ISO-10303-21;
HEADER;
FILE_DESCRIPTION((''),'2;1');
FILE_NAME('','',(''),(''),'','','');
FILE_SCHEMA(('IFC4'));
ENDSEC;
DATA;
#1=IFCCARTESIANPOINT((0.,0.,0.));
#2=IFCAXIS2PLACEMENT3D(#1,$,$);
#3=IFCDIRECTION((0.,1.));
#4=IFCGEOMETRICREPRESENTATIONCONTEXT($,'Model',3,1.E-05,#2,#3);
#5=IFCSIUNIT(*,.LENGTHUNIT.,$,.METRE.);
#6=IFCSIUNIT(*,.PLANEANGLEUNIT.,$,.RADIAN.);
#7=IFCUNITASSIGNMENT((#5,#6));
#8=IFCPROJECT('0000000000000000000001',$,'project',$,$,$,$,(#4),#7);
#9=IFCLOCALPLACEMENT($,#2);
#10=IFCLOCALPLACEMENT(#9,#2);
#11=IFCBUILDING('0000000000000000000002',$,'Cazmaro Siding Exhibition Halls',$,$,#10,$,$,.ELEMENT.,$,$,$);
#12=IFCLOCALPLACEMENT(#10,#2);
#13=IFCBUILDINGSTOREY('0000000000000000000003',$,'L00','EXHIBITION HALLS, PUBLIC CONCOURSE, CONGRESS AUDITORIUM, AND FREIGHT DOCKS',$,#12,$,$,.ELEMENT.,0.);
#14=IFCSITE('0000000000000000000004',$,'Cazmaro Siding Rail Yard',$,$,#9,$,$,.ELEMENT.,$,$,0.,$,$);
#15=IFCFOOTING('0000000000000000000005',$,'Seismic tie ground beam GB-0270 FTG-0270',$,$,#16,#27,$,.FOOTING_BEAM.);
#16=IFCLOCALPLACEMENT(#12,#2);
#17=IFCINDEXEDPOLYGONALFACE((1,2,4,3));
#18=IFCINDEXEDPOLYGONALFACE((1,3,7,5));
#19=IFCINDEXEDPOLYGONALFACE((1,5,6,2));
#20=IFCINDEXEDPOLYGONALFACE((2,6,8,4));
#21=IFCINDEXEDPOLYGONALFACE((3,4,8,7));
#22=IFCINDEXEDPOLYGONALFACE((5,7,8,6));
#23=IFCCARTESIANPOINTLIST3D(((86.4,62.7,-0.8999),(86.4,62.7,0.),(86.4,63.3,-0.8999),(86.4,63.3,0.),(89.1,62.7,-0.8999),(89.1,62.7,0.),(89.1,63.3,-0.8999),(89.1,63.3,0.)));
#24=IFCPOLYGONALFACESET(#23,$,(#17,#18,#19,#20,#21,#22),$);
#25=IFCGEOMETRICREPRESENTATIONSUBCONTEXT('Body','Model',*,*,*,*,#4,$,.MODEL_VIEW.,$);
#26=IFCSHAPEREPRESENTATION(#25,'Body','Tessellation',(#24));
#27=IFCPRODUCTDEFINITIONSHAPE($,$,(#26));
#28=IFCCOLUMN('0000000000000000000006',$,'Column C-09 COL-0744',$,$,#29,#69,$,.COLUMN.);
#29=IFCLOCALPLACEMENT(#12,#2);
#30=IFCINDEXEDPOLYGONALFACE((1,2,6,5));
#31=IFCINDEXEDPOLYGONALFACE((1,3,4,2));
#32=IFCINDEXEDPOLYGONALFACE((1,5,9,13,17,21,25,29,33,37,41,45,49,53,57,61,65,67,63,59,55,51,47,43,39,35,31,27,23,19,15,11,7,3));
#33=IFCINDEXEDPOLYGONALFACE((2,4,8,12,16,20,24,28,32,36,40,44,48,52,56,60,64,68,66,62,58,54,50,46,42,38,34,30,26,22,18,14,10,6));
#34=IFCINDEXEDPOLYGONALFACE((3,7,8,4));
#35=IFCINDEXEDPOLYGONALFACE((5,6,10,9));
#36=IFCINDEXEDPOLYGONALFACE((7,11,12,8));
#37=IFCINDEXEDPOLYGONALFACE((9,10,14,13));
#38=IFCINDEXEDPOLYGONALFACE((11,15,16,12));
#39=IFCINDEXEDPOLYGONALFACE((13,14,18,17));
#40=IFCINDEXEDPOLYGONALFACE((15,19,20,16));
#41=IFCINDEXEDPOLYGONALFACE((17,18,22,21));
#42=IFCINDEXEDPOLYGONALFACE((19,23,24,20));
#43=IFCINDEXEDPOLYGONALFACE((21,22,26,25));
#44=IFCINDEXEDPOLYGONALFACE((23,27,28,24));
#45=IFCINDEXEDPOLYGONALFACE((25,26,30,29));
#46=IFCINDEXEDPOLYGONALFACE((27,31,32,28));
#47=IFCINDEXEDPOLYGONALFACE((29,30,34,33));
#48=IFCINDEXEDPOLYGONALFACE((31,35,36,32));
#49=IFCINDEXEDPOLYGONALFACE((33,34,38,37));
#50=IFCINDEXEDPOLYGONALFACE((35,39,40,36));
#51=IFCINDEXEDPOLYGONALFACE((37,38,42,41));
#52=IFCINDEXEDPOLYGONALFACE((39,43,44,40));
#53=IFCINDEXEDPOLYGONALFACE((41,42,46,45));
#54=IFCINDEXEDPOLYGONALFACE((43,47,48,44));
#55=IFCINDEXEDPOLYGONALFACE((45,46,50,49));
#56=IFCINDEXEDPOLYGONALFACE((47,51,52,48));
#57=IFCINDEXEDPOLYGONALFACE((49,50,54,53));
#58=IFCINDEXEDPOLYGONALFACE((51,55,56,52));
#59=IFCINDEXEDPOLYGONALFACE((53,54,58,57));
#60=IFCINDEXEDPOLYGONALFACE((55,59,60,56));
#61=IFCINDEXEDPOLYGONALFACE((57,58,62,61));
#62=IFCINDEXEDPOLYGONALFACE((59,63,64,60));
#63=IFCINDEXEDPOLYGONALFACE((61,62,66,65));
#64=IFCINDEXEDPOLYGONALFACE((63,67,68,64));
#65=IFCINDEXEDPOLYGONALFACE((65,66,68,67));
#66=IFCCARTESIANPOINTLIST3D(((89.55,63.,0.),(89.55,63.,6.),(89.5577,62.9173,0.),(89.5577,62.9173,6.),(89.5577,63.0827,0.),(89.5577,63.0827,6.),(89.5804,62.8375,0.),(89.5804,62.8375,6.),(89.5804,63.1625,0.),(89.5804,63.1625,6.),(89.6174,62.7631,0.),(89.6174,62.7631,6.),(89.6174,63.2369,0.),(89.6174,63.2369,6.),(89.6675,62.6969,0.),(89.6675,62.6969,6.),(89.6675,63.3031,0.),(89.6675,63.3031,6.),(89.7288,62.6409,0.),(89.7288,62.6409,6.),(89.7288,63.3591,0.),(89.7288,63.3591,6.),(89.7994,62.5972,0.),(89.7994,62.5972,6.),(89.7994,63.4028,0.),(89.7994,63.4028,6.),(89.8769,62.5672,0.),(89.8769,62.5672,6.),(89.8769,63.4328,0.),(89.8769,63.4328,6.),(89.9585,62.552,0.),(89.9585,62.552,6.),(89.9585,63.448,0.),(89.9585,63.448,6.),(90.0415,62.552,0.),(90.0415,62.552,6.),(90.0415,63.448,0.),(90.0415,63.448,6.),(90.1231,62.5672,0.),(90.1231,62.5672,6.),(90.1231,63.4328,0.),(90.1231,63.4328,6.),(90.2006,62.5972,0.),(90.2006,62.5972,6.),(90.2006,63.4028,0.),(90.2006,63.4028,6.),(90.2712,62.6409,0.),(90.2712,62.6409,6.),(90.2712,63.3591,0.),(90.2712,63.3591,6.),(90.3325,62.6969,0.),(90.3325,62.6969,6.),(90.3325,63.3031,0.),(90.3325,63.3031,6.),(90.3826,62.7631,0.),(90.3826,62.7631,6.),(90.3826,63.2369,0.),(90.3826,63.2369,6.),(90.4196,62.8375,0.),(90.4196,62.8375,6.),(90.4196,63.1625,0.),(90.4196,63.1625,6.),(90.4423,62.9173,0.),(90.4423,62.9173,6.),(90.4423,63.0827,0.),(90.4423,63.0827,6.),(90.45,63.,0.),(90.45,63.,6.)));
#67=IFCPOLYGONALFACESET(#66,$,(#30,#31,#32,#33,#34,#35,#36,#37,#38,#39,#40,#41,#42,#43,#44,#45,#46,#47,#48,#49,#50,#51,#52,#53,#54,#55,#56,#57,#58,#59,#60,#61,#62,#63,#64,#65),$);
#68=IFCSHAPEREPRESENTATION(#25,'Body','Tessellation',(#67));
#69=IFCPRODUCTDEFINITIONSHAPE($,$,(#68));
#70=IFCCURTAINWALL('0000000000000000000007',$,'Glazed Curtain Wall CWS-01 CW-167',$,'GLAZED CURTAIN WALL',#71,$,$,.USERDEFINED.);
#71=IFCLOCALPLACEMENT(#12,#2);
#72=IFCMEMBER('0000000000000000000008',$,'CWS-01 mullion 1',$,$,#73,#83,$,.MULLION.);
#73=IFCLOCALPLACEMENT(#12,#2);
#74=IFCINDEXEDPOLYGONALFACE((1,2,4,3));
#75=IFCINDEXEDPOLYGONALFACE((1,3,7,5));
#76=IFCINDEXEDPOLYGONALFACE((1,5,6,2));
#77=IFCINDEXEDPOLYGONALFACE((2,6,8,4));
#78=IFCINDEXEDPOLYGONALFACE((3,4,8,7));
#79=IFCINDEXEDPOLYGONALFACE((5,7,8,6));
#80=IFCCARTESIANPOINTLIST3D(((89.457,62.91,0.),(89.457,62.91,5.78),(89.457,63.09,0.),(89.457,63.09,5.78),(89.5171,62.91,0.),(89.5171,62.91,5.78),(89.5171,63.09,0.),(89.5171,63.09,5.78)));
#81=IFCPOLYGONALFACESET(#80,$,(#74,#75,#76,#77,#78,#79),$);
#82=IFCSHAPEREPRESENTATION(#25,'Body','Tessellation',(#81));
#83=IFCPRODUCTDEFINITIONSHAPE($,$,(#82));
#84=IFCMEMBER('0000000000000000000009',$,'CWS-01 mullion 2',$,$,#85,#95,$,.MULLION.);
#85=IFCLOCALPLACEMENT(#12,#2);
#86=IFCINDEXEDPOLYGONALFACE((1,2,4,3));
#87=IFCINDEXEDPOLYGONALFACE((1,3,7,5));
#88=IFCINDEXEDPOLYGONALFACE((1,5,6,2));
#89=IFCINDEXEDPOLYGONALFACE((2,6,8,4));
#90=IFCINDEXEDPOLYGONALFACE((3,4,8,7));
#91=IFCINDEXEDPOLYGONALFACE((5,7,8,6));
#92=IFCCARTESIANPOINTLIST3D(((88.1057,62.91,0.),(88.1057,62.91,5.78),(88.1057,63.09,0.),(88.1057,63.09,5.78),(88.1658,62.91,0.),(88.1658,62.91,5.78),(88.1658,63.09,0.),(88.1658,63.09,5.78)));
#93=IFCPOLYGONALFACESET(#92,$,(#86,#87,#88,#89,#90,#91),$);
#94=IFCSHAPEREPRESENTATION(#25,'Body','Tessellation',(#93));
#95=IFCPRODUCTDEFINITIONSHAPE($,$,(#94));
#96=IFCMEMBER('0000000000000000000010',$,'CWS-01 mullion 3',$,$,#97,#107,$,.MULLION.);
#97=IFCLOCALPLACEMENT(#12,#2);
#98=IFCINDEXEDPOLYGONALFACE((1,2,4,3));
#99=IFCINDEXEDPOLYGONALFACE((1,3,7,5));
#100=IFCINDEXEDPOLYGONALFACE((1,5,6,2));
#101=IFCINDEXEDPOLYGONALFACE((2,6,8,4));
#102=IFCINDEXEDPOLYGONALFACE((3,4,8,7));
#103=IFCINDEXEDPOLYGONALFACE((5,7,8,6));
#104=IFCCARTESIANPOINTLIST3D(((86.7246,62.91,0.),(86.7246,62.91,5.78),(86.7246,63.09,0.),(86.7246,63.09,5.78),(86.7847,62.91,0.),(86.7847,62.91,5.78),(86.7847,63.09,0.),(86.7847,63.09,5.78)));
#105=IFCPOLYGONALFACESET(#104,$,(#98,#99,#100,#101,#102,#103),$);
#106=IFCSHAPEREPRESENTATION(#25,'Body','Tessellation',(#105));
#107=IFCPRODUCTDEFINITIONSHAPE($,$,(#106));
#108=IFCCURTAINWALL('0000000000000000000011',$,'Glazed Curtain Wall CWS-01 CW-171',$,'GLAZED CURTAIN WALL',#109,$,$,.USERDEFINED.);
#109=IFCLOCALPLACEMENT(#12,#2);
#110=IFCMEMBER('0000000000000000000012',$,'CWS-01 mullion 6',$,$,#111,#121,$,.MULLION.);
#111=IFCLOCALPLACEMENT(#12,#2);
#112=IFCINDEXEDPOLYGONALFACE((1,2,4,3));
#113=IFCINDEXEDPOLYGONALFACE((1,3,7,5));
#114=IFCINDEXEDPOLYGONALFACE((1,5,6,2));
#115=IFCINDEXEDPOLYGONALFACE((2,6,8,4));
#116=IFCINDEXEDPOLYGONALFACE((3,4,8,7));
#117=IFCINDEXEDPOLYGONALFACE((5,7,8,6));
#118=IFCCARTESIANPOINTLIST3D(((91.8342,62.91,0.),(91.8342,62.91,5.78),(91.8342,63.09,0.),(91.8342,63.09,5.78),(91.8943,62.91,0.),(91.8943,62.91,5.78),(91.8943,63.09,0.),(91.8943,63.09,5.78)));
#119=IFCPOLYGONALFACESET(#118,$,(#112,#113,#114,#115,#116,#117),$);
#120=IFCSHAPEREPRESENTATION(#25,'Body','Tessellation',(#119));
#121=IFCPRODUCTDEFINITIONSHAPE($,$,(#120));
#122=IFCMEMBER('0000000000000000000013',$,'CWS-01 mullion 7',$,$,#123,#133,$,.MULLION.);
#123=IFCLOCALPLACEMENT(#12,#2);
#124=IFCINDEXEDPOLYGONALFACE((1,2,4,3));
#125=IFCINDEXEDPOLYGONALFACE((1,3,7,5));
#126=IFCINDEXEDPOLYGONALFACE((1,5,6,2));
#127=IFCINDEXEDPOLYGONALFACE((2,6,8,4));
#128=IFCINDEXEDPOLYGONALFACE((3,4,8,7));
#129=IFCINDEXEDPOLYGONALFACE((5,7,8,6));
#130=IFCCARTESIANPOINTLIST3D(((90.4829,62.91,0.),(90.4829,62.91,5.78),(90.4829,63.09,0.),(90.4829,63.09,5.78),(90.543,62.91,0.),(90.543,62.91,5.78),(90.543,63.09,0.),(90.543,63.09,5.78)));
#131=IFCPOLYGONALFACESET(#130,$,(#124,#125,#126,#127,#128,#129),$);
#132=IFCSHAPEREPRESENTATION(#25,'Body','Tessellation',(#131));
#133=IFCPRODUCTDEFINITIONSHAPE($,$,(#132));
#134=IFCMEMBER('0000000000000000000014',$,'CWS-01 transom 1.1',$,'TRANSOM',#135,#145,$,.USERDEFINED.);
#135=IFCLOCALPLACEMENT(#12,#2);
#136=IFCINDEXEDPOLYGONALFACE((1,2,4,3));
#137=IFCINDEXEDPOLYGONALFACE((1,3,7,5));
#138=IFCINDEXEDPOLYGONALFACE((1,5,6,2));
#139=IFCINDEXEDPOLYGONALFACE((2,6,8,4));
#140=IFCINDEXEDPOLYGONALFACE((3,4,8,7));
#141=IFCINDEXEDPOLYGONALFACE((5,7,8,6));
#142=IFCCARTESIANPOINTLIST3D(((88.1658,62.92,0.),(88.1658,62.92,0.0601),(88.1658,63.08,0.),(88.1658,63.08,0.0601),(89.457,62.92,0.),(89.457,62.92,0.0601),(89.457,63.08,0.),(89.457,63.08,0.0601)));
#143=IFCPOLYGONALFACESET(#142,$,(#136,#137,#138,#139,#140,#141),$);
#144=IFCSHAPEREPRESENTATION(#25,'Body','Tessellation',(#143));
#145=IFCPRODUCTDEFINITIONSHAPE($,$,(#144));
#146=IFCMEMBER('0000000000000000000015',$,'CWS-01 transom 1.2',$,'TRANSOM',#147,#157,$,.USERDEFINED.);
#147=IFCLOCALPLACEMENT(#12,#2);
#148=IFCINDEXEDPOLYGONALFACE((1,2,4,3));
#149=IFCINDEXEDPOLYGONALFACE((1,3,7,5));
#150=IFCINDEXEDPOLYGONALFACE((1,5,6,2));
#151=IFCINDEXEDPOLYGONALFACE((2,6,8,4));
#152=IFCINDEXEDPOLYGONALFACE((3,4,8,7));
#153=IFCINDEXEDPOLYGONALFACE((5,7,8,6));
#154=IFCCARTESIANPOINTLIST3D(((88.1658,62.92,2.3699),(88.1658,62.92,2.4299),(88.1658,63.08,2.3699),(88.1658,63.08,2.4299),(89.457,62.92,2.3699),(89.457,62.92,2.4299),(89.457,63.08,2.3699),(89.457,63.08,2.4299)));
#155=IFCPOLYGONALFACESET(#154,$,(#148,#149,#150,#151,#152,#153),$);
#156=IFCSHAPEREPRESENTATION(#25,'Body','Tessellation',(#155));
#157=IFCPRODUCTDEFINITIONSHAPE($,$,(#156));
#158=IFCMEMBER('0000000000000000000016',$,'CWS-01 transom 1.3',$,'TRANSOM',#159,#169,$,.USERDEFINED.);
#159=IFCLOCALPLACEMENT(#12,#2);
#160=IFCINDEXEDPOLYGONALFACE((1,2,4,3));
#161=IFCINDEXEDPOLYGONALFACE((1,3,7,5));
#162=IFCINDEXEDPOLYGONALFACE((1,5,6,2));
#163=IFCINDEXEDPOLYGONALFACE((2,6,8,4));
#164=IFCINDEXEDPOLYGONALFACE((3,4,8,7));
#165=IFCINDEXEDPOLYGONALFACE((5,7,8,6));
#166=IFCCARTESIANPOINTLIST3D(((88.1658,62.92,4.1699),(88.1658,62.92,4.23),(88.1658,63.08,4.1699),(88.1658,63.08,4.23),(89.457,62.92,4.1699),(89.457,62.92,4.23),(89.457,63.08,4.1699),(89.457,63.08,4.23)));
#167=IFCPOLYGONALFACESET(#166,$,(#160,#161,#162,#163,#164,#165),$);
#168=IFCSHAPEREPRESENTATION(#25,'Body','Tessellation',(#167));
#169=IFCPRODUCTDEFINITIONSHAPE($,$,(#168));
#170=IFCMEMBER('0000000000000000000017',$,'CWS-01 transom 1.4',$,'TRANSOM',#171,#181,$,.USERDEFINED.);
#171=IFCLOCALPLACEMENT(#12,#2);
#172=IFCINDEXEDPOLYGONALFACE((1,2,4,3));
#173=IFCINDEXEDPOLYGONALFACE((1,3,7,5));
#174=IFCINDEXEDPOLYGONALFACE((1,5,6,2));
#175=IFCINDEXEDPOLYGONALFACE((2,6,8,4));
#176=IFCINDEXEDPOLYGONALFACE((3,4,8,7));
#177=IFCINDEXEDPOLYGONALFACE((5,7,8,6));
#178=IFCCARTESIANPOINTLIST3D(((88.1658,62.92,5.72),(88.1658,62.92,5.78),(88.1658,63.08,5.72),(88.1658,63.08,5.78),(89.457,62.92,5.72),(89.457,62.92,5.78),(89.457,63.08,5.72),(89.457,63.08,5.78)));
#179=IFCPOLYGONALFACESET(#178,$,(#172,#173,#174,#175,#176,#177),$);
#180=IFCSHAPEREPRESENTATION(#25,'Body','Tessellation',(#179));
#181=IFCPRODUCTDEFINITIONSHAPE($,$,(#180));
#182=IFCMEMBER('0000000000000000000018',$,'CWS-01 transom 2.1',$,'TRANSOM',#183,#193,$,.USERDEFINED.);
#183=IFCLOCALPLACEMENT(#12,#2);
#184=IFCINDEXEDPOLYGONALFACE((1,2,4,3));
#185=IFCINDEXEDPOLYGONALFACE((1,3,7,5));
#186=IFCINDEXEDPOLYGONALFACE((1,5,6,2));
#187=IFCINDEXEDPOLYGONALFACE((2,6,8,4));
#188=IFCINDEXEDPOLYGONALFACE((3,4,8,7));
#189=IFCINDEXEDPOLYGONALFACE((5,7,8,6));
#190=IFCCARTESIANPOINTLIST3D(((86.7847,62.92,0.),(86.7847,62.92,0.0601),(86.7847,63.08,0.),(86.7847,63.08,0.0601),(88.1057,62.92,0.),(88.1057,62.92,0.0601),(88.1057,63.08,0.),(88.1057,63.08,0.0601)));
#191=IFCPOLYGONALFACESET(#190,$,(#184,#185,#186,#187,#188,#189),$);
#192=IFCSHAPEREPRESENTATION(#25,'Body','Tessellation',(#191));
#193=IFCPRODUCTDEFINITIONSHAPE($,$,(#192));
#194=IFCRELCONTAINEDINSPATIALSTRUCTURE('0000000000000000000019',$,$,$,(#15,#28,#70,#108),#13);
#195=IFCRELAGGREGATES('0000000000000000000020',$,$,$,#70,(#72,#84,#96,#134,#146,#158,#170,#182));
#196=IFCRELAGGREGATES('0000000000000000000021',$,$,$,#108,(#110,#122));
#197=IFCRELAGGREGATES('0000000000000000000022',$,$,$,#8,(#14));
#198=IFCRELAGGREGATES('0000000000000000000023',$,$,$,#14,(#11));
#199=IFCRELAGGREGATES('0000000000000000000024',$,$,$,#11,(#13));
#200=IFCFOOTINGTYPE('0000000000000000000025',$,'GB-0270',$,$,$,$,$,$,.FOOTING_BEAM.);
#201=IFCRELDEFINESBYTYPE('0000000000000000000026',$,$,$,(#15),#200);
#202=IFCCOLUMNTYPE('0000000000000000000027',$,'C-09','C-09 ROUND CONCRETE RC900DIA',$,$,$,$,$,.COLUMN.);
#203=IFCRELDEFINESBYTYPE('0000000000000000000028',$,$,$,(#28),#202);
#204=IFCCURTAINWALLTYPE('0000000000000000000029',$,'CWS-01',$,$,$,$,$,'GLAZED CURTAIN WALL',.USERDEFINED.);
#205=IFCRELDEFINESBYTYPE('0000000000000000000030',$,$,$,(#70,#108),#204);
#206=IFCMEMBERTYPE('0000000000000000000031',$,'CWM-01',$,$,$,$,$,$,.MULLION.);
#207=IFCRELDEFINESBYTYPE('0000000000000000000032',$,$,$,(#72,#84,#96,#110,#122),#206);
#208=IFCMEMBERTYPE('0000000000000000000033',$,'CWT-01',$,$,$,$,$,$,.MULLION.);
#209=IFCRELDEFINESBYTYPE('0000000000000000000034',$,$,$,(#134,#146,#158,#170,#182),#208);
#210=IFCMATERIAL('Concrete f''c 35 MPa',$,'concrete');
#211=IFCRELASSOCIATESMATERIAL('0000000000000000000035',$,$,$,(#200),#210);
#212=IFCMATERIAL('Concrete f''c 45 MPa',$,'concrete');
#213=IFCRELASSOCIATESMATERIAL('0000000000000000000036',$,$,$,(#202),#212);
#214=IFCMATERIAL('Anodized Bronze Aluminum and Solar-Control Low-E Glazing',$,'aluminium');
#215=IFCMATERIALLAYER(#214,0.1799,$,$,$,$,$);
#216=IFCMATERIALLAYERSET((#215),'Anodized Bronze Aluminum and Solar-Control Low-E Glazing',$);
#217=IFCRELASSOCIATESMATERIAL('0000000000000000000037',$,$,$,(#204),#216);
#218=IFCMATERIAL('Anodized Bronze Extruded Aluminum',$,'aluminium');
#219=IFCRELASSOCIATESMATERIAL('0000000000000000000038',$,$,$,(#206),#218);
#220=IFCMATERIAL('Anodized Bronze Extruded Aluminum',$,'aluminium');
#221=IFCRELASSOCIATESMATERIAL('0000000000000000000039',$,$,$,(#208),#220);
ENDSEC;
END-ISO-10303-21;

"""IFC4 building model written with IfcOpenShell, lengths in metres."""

from ifc_helpers import new_model, si_unit, direction, frame, origin, origin_2d, place, context, subcontext, project, spatial, rectangle, circle, extrude, material, layer, layer_set, material_profile, profile_set, type_object, element, aggregate, save


model = new_model("IFC4")

# Units and contexts
model_context = context("Model", 3, precision=1e-05, world=origin(), true_north=direction((0.0, 1.0)))
body_context = subcontext(model_context, "Body", "Model", "MODEL_VIEW")
ifc_project = project(units=[si_unit("LENGTHUNIT", "METRE"), si_unit("PLANEANGLEUNIT", "RADIAN")], contexts=[model_context])

# Site, building, storey
site_placement = place(None, origin())
site = spatial("IfcSite", under=ifc_project, at=site_placement, Name="Cazmaro Siding Rail Yard", CompositionType="ELEMENT", RefElevation=0.0)
building_placement = place(site_placement, origin())
building = spatial("IfcBuilding", under=site, at=building_placement, Name="Cazmaro Siding Exhibition Halls", CompositionType="ELEMENT")
storey_placement = place(building_placement, origin())
storey = spatial("IfcBuildingStorey", under=building, at=storey_placement, Name="L00", Description="EXHIBITION HALLS, PUBLIC CONCOURSE, CONGRESS AUDITORIUM, AND FREIGHT DOCKS", CompositionType="ELEMENT", Elevation=0.0)

# Footing
ifc_material_1 = material(Name="Concrete f'c 35 MPa", Category="concrete")
footing_type = type_object("IfcFootingType", Name="GB-0270", PredefinedType="FOOTING_BEAM", material=ifc_material_1)
footing_placement = place(storey_placement, frame((87.75, 63.0, -0.8999), z_axis=(0.0, 0.0, 1.0), x_axis=(1.0, 0.0, 0.0)))
element("IfcFooting", 1, at=footing_placement, inside=storey, type_object=footing_type, Name="Seismic tie ground beam GB-0270 FTG-0270", PredefinedType="FOOTING_BEAM", context=body_context, shape_type="SweptSolid", body=[
    extrude(rectangle(XDim=2.7, YDim=0.6001, at=origin_2d()), origin(), (0.0, 0.0, 1.0), 0.8999),
])

# Column
ifc_material_2 = material(Name="Concrete f'c 45 MPa", Category="concrete")
ifc_material_profile_1 = material_profile(ifc_material_2, circle(Radius=0.45, at=origin_2d()), Name="RC900DIA")
ifc_profile_set_1 = profile_set([ifc_material_profile_1], Name="Concrete f'c 45 MPa")
column_type = type_object("IfcColumnType", Name="C-09", Description="C-09 ROUND CONCRETE RC900DIA", PredefinedType="COLUMN", material=ifc_profile_set_1)
column_placement = place(storey_placement, frame((90.0, 63.0, 0.0), z_axis=(0.0, 0.0, 1.0), x_axis=(1.0, 0.0, 0.0)))
element("IfcColumn", 2, at=column_placement, inside=storey, type_object=column_type, Name="Column C-09 COL-0744", PredefinedType="COLUMN", context=body_context, shape_type="SweptSolid", body=[
    extrude(circle(Radius=0.45, at=origin_2d()), origin(), (0.0, 0.0, 1.0), 6.0),
])

# Curtain walls, members
ifc_material_3 = material(Name="Anodized Bronze Aluminum and Solar-Control Low-E Glazing", Category="aluminium")
ifc_layer_1 = layer(ifc_material_3, 0.1799)
ifc_layer_set_1 = layer_set([ifc_layer_1], Name="Anodized Bronze Aluminum and Solar-Control Low-E Glazing")
curtain_wall_type = type_object("IfcCurtainWallType", Name="CWS-01", ElementType="GLAZED CURTAIN WALL", PredefinedType="USERDEFINED", material=ifc_layer_set_1)
curtain_wall_1_placement = place(storey_placement, origin())
curtain_wall_1 = element("IfcCurtainWall", 3, at=curtain_wall_1_placement, inside=storey, type_object=curtain_wall_type, Name="Glazed Curtain Wall CWS-01 CW-167", ObjectType="GLAZED CURTAIN WALL", PredefinedType="USERDEFINED")
ifc_material_4 = material(Name="Anodized Bronze Extruded Aluminum", Category="aluminium")
ifc_material_profile_2 = material_profile(ifc_material_4, rectangle(XDim=0.1799, YDim=0.0601, at=origin_2d()), Name="CWM-01")
ifc_profile_set_2 = profile_set([ifc_material_profile_2], Name="Anodized Bronze Extruded Aluminum")
member_type_1 = type_object("IfcMemberType", Name="CWM-01", PredefinedType="MULLION", material=ifc_profile_set_2)
member_1_placement = place(storey_placement, frame((89.4871, 63.0, 0.0), z_axis=(0.0, 0.0, 1.0), x_axis=(0.0, -1.0, 0.0)))
member_1 = element("IfcMember", 4, at=member_1_placement, type_object=member_type_1, Name="CWS-01 mullion 1", PredefinedType="MULLION", context=body_context, shape_type="SweptSolid", body=[
    extrude(rectangle(XDim=0.1799, YDim=0.0601, at=origin_2d()), origin(), (0.0, 0.0, 1.0), 5.78),
])
member_2_placement = place(storey_placement, frame((88.1357, 63.0, 0.0), z_axis=(0.0, 0.0, 1.0), x_axis=(0.0, -1.0, 0.0)))
member_2 = element("IfcMember", 5, at=member_2_placement, type_object=member_type_1, Name="CWS-01 mullion 2", PredefinedType="MULLION", context=body_context, shape_type="SweptSolid", body=[
    extrude(rectangle(XDim=0.1799, YDim=0.0601, at=origin_2d()), origin(), (0.0, 0.0, 1.0), 5.78),
])
member_3_placement = place(storey_placement, frame((86.7546, 63.0, 0.0), z_axis=(0.0, 0.0, 1.0), x_axis=(0.0, -1.0, 0.0)))
member_3 = element("IfcMember", 6, at=member_3_placement, type_object=member_type_1, Name="CWS-01 mullion 3", PredefinedType="MULLION", context=body_context, shape_type="SweptSolid", body=[
    extrude(rectangle(XDim=0.1799, YDim=0.0601, at=origin_2d()), origin(), (0.0, 0.0, 1.0), 5.78),
])
curtain_wall_2_placement = place(storey_placement, origin())
curtain_wall_2 = element("IfcCurtainWall", 7, at=curtain_wall_2_placement, inside=storey, type_object=curtain_wall_type, Name="Glazed Curtain Wall CWS-01 CW-171", ObjectType="GLAZED CURTAIN WALL", PredefinedType="USERDEFINED")
member_4_placement = place(storey_placement, frame((91.8643, 63.0, 0.0), z_axis=(0.0, 0.0, 1.0), x_axis=(0.0, -1.0, 0.0)))
member_4 = element("IfcMember", 8, at=member_4_placement, type_object=member_type_1, Name="CWS-01 mullion 6", PredefinedType="MULLION", context=body_context, shape_type="SweptSolid", body=[
    extrude(rectangle(XDim=0.1799, YDim=0.0601, at=origin_2d()), origin(), (0.0, 0.0, 1.0), 5.78),
])
member_5_placement = place(storey_placement, frame((90.5129, 63.0, 0.0), z_axis=(0.0, 0.0, 1.0), x_axis=(0.0, -1.0, 0.0)))
member_5 = element("IfcMember", 9, at=member_5_placement, type_object=member_type_1, Name="CWS-01 mullion 7", PredefinedType="MULLION", context=body_context, shape_type="SweptSolid", body=[
    extrude(rectangle(XDim=0.1799, YDim=0.0601, at=origin_2d()), origin(), (0.0, 0.0, 1.0), 5.78),
])

# Members
ifc_material_5 = material(Name="Anodized Bronze Extruded Aluminum", Category="aluminium")
ifc_material_profile_3 = material_profile(ifc_material_5, rectangle(XDim=0.1599, YDim=0.0601, at=origin_2d()), Name="CWT-01")
ifc_profile_set_3 = profile_set([ifc_material_profile_3], Name="Anodized Bronze Extruded Aluminum")
member_type_2 = type_object("IfcMemberType", Name="CWT-01", PredefinedType="MULLION", material=ifc_profile_set_3)
member_6_placement = place(storey_placement, frame((89.457, 63.0, 0.03), z_axis=(-1.0, 0.0, 0.0), x_axis=(0.0, -1.0, 0.0)))
member_6 = element("IfcMember", 10, at=member_6_placement, type_object=member_type_2, Name="CWS-01 transom 1.1", ObjectType="TRANSOM", PredefinedType="USERDEFINED", context=body_context, shape_type="SweptSolid", body=[
    extrude(rectangle(XDim=0.1599, YDim=0.0601, at=origin_2d()), origin(), (0.0, 0.0, 1.0), 1.2913),
])
member_7_placement = place(storey_placement, frame((89.457, 63.0, 2.3999), z_axis=(-1.0, 0.0, 0.0), x_axis=(0.0, -1.0, 0.0)))
member_7 = element("IfcMember", 11, at=member_7_placement, type_object=member_type_2, Name="CWS-01 transom 1.2", ObjectType="TRANSOM", PredefinedType="USERDEFINED", context=body_context, shape_type="SweptSolid", body=[
    extrude(rectangle(XDim=0.1599, YDim=0.0601, at=origin_2d()), origin(), (0.0, 0.0, 1.0), 1.2913),
])
member_8_placement = place(storey_placement, frame((89.457, 63.0, 4.2), z_axis=(-1.0, 0.0, 0.0), x_axis=(0.0, -1.0, 0.0)))
member_8 = element("IfcMember", 12, at=member_8_placement, type_object=member_type_2, Name="CWS-01 transom 1.3", ObjectType="TRANSOM", PredefinedType="USERDEFINED", context=body_context, shape_type="SweptSolid", body=[
    extrude(rectangle(XDim=0.1599, YDim=0.0601, at=origin_2d()), origin(), (0.0, 0.0, 1.0), 1.2913),
])
member_9_placement = place(storey_placement, frame((89.457, 63.0, 5.75), z_axis=(-1.0, 0.0, 0.0), x_axis=(0.0, -1.0, 0.0)))
member_9 = element("IfcMember", 13, at=member_9_placement, type_object=member_type_2, Name="CWS-01 transom 1.4", ObjectType="TRANSOM", PredefinedType="USERDEFINED", context=body_context, shape_type="SweptSolid", body=[
    extrude(rectangle(XDim=0.1599, YDim=0.0601, at=origin_2d()), origin(), (0.0, 0.0, 1.0), 1.2913),
])
member_10_placement = place(storey_placement, frame((88.1057, 63.0, 0.03), z_axis=(-1.0, 0.0, 0.0), x_axis=(0.0, -1.0, 0.0)))
member_10 = element("IfcMember", 14, at=member_10_placement, type_object=member_type_2, Name="CWS-01 transom 2.1", ObjectType="TRANSOM", PredefinedType="USERDEFINED", context=body_context, shape_type="SweptSolid", body=[
    extrude(rectangle(XDim=0.1599, YDim=0.0601, at=origin_2d()), origin(), (0.0, 0.0, 1.0), 1.321),
])

aggregate(curtain_wall_1, [member_1, member_2, member_3, member_6, member_7, member_8, member_9, member_10])
aggregate(curtain_wall_2, [member_4, member_5])

save(model, "model.ifc")
